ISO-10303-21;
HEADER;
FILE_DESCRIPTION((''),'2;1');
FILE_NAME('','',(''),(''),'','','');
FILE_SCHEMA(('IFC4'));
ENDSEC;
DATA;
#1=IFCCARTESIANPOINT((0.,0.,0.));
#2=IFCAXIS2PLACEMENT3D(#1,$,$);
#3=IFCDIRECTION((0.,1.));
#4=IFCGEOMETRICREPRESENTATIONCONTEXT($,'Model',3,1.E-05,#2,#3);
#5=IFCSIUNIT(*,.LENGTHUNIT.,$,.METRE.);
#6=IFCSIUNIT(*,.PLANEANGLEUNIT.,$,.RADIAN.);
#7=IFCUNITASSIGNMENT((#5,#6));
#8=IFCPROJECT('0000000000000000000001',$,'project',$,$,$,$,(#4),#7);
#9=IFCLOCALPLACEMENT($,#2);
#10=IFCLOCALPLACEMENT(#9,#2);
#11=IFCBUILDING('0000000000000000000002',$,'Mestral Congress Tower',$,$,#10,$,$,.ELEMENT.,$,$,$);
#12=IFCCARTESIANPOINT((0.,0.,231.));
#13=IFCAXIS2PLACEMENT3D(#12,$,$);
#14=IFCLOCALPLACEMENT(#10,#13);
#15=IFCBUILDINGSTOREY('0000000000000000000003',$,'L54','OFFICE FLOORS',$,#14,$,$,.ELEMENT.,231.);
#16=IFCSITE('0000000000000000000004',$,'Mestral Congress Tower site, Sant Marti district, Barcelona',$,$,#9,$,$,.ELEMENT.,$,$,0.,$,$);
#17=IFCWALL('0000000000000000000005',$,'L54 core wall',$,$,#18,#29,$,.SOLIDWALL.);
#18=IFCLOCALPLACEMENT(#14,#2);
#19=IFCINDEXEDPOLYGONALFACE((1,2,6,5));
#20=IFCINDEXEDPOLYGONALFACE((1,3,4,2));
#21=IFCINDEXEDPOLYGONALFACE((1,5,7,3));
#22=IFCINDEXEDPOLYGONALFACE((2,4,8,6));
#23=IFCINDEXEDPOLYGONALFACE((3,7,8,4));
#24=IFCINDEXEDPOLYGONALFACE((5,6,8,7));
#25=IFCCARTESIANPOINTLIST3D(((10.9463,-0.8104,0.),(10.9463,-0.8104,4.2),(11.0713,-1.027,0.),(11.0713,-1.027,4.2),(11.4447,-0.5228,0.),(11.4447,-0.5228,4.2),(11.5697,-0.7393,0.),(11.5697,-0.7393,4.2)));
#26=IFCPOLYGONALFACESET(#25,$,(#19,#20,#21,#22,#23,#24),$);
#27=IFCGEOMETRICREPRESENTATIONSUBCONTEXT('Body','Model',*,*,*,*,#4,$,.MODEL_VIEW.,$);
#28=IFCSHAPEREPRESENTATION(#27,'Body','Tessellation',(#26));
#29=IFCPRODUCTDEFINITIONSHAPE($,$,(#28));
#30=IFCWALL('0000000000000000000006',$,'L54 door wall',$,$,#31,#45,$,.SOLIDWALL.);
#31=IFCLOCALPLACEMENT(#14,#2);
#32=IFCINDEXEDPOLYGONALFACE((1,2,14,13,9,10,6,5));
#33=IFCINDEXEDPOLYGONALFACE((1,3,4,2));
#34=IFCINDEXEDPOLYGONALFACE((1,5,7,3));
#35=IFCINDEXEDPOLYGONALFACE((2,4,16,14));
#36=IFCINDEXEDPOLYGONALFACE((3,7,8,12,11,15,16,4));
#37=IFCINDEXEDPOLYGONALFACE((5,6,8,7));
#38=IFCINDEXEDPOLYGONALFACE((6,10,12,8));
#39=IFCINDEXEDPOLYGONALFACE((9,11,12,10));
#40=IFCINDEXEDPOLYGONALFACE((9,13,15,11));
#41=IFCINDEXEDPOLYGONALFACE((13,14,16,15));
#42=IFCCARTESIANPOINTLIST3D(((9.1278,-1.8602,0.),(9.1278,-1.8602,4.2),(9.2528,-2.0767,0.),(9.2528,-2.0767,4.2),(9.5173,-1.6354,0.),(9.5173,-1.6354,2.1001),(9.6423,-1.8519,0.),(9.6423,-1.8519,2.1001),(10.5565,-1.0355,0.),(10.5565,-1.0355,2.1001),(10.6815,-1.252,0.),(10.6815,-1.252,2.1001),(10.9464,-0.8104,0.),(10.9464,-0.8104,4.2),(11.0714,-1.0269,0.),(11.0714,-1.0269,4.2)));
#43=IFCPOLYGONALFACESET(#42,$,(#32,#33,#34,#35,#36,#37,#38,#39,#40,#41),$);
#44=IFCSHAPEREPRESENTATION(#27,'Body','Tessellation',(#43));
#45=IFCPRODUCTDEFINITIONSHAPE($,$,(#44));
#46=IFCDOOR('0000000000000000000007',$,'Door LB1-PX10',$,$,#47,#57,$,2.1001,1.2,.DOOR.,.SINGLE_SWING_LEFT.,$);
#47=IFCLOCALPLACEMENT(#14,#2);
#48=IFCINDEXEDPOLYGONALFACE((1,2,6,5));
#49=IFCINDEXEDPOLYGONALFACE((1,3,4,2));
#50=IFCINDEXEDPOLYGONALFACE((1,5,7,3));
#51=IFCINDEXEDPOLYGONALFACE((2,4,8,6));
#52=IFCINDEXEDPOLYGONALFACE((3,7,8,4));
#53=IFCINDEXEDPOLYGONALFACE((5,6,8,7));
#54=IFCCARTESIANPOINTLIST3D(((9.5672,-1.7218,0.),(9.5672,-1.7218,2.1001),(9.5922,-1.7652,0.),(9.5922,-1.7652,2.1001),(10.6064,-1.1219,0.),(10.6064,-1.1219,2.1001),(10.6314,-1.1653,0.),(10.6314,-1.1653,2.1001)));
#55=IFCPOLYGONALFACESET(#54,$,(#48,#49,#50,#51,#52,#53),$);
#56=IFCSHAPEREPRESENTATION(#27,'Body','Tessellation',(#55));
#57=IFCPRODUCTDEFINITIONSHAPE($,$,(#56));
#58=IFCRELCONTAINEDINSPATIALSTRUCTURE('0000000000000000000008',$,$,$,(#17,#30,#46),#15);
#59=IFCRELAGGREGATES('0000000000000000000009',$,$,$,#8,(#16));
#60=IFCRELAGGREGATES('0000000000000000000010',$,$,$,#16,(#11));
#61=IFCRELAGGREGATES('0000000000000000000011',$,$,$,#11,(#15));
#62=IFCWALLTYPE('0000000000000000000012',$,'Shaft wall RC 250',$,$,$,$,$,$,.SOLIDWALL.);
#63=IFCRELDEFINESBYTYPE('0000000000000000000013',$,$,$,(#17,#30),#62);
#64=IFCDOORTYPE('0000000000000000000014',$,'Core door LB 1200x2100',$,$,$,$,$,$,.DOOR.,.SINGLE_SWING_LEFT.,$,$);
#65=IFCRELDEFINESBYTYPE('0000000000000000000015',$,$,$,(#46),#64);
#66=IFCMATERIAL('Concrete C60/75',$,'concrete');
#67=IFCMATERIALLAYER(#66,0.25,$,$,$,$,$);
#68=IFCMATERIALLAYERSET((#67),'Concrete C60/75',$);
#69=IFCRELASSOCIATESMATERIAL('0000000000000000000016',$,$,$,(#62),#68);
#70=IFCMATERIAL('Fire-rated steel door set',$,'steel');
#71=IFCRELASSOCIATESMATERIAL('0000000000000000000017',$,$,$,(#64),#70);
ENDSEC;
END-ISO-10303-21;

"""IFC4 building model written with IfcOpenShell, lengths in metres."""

from ifc_helpers import new_model, si_unit, direction, frame, frame_2d, origin, place, context, subcontext, project, spatial, rectangle, extrude, material, layer, layer_set, type_object, element, fill, save


model = new_model("IFC4")

# Units and contexts
model_context = context("Model", 3, precision=1e-05, world=origin(), true_north=direction((0.0, 1.0)))
body_context = subcontext(model_context, "Body", "Model", "MODEL_VIEW")
ifc_project = project(units=[si_unit("LENGTHUNIT", "METRE"), si_unit("PLANEANGLEUNIT", "RADIAN")], contexts=[model_context])

# Site, building, storey
site_placement = place(None, origin())
site = spatial("IfcSite", under=ifc_project, at=site_placement, Name="Mestral Congress Tower site, Sant Marti district, Barcelona", CompositionType="ELEMENT", RefElevation=0.0)
building_placement = place(site_placement, origin())
building = spatial("IfcBuilding", under=site, at=building_placement, Name="Mestral Congress Tower", CompositionType="ELEMENT")
storey_placement = place(building_placement, frame((0.0, 0.0, 231.0)))
storey = spatial("IfcBuildingStorey", under=building, at=storey_placement, Name="L54", Description="OFFICE FLOORS", CompositionType="ELEMENT", Elevation=231.0)

# Shared definitions
ifc_material_1 = material(Name="Concrete C60/75", Category="concrete")

# Wall
ifc_layer_1 = layer(ifc_material_1, 0.25)
ifc_layer_set_1 = layer_set([ifc_layer_1], Name="Concrete C60/75")
wall_type_1 = type_object("IfcWallType", Name="Shaft wall RC 250", PredefinedType="SOLIDWALL", material=ifc_layer_set_1)
wall_1_placement = place(storey_placement, frame((11.5071, -0.6311, 0.0), z_axis=(0.0, 0.0, 1.0), x_axis=(-0.866094, -0.499882, 0.0)))
element("IfcWall", 1, at=wall_1_placement, inside=storey, type_object=wall_type_1, Name="L54 core wall", PredefinedType="SOLIDWALL", context=body_context, shape_type="SweptSolid", body=[
    extrude(rectangle(XDim=0.5754, YDim=0.25, at=frame_2d((0.2876, 0.0))), origin(), (0.0, 0.0, 1.0), 4.2),
])

# Wall, opening, door
wall_2_placement = place(storey_placement, frame((11.0088, -0.9187, 0.0), z_axis=(0.0, 0.0, 1.0), x_axis=(-0.86606, -0.499941, 0.0)))
wall_2 = element("IfcWall", 2, at=wall_2_placement, inside=storey, type_object=wall_type_1, Name="L54 door wall", PredefinedType="SOLIDWALL", context=body_context, shape_type="SweptSolid", body=[
    extrude(rectangle(XDim=2.0999, YDim=0.25, at=frame_2d((1.0498, 0.0))), origin(), (0.0, 0.0, 1.0), 4.2),
])
opening_1_placement = place(wall_2_placement, frame((0.45, 0.0, 0.0)))
opening_1 = element("IfcOpeningElement", 3, at=opening_1_placement, cuts=wall_2, PredefinedType="OPENING", context=body_context, shape_type="SweptSolid", body=[
    extrude(rectangle(XDim=1.2, YDim=2.1001, at=frame_2d((0.6001, 1.05))), frame((0.0, 0.135, 0.0), z_axis=(0.0, -1.0, 0.0), x_axis=(1.0, 0.0, 0.0)), (0.0, 0.0, 1.0), 0.27),
])
ifc_material_2 = material(Name="Fire-rated steel door set", Category="steel")
door_type_1 = type_object("IfcDoorType", Name="Core door LB 1200x2100", OperationType="SINGLE_SWING_LEFT", PredefinedType="DOOR", material=ifc_material_2)
door_1_placement = place(opening_1_placement, origin())
door_1 = element("IfcDoor", 4, at=door_1_placement, inside=storey, type_object=door_type_1, Name="Door LB1-PX10", OperationType="SINGLE_SWING_LEFT", OverallHeight=2.1001, OverallWidth=1.2, PredefinedType="DOOR", context=body_context, shape_type="SweptSolid", body=[
    extrude(rectangle(XDim=1.2, YDim=2.1001, at=frame_2d((0.6001, 1.05))), frame((0.0, 0.0249, 0.0), z_axis=(0.0, -1.0, 0.0), x_axis=(1.0, 0.0, 0.0)), (0.0, 0.0, 1.0), 0.05),
])
fill(opening_1, door_1)

save(model, "model.ifc")
